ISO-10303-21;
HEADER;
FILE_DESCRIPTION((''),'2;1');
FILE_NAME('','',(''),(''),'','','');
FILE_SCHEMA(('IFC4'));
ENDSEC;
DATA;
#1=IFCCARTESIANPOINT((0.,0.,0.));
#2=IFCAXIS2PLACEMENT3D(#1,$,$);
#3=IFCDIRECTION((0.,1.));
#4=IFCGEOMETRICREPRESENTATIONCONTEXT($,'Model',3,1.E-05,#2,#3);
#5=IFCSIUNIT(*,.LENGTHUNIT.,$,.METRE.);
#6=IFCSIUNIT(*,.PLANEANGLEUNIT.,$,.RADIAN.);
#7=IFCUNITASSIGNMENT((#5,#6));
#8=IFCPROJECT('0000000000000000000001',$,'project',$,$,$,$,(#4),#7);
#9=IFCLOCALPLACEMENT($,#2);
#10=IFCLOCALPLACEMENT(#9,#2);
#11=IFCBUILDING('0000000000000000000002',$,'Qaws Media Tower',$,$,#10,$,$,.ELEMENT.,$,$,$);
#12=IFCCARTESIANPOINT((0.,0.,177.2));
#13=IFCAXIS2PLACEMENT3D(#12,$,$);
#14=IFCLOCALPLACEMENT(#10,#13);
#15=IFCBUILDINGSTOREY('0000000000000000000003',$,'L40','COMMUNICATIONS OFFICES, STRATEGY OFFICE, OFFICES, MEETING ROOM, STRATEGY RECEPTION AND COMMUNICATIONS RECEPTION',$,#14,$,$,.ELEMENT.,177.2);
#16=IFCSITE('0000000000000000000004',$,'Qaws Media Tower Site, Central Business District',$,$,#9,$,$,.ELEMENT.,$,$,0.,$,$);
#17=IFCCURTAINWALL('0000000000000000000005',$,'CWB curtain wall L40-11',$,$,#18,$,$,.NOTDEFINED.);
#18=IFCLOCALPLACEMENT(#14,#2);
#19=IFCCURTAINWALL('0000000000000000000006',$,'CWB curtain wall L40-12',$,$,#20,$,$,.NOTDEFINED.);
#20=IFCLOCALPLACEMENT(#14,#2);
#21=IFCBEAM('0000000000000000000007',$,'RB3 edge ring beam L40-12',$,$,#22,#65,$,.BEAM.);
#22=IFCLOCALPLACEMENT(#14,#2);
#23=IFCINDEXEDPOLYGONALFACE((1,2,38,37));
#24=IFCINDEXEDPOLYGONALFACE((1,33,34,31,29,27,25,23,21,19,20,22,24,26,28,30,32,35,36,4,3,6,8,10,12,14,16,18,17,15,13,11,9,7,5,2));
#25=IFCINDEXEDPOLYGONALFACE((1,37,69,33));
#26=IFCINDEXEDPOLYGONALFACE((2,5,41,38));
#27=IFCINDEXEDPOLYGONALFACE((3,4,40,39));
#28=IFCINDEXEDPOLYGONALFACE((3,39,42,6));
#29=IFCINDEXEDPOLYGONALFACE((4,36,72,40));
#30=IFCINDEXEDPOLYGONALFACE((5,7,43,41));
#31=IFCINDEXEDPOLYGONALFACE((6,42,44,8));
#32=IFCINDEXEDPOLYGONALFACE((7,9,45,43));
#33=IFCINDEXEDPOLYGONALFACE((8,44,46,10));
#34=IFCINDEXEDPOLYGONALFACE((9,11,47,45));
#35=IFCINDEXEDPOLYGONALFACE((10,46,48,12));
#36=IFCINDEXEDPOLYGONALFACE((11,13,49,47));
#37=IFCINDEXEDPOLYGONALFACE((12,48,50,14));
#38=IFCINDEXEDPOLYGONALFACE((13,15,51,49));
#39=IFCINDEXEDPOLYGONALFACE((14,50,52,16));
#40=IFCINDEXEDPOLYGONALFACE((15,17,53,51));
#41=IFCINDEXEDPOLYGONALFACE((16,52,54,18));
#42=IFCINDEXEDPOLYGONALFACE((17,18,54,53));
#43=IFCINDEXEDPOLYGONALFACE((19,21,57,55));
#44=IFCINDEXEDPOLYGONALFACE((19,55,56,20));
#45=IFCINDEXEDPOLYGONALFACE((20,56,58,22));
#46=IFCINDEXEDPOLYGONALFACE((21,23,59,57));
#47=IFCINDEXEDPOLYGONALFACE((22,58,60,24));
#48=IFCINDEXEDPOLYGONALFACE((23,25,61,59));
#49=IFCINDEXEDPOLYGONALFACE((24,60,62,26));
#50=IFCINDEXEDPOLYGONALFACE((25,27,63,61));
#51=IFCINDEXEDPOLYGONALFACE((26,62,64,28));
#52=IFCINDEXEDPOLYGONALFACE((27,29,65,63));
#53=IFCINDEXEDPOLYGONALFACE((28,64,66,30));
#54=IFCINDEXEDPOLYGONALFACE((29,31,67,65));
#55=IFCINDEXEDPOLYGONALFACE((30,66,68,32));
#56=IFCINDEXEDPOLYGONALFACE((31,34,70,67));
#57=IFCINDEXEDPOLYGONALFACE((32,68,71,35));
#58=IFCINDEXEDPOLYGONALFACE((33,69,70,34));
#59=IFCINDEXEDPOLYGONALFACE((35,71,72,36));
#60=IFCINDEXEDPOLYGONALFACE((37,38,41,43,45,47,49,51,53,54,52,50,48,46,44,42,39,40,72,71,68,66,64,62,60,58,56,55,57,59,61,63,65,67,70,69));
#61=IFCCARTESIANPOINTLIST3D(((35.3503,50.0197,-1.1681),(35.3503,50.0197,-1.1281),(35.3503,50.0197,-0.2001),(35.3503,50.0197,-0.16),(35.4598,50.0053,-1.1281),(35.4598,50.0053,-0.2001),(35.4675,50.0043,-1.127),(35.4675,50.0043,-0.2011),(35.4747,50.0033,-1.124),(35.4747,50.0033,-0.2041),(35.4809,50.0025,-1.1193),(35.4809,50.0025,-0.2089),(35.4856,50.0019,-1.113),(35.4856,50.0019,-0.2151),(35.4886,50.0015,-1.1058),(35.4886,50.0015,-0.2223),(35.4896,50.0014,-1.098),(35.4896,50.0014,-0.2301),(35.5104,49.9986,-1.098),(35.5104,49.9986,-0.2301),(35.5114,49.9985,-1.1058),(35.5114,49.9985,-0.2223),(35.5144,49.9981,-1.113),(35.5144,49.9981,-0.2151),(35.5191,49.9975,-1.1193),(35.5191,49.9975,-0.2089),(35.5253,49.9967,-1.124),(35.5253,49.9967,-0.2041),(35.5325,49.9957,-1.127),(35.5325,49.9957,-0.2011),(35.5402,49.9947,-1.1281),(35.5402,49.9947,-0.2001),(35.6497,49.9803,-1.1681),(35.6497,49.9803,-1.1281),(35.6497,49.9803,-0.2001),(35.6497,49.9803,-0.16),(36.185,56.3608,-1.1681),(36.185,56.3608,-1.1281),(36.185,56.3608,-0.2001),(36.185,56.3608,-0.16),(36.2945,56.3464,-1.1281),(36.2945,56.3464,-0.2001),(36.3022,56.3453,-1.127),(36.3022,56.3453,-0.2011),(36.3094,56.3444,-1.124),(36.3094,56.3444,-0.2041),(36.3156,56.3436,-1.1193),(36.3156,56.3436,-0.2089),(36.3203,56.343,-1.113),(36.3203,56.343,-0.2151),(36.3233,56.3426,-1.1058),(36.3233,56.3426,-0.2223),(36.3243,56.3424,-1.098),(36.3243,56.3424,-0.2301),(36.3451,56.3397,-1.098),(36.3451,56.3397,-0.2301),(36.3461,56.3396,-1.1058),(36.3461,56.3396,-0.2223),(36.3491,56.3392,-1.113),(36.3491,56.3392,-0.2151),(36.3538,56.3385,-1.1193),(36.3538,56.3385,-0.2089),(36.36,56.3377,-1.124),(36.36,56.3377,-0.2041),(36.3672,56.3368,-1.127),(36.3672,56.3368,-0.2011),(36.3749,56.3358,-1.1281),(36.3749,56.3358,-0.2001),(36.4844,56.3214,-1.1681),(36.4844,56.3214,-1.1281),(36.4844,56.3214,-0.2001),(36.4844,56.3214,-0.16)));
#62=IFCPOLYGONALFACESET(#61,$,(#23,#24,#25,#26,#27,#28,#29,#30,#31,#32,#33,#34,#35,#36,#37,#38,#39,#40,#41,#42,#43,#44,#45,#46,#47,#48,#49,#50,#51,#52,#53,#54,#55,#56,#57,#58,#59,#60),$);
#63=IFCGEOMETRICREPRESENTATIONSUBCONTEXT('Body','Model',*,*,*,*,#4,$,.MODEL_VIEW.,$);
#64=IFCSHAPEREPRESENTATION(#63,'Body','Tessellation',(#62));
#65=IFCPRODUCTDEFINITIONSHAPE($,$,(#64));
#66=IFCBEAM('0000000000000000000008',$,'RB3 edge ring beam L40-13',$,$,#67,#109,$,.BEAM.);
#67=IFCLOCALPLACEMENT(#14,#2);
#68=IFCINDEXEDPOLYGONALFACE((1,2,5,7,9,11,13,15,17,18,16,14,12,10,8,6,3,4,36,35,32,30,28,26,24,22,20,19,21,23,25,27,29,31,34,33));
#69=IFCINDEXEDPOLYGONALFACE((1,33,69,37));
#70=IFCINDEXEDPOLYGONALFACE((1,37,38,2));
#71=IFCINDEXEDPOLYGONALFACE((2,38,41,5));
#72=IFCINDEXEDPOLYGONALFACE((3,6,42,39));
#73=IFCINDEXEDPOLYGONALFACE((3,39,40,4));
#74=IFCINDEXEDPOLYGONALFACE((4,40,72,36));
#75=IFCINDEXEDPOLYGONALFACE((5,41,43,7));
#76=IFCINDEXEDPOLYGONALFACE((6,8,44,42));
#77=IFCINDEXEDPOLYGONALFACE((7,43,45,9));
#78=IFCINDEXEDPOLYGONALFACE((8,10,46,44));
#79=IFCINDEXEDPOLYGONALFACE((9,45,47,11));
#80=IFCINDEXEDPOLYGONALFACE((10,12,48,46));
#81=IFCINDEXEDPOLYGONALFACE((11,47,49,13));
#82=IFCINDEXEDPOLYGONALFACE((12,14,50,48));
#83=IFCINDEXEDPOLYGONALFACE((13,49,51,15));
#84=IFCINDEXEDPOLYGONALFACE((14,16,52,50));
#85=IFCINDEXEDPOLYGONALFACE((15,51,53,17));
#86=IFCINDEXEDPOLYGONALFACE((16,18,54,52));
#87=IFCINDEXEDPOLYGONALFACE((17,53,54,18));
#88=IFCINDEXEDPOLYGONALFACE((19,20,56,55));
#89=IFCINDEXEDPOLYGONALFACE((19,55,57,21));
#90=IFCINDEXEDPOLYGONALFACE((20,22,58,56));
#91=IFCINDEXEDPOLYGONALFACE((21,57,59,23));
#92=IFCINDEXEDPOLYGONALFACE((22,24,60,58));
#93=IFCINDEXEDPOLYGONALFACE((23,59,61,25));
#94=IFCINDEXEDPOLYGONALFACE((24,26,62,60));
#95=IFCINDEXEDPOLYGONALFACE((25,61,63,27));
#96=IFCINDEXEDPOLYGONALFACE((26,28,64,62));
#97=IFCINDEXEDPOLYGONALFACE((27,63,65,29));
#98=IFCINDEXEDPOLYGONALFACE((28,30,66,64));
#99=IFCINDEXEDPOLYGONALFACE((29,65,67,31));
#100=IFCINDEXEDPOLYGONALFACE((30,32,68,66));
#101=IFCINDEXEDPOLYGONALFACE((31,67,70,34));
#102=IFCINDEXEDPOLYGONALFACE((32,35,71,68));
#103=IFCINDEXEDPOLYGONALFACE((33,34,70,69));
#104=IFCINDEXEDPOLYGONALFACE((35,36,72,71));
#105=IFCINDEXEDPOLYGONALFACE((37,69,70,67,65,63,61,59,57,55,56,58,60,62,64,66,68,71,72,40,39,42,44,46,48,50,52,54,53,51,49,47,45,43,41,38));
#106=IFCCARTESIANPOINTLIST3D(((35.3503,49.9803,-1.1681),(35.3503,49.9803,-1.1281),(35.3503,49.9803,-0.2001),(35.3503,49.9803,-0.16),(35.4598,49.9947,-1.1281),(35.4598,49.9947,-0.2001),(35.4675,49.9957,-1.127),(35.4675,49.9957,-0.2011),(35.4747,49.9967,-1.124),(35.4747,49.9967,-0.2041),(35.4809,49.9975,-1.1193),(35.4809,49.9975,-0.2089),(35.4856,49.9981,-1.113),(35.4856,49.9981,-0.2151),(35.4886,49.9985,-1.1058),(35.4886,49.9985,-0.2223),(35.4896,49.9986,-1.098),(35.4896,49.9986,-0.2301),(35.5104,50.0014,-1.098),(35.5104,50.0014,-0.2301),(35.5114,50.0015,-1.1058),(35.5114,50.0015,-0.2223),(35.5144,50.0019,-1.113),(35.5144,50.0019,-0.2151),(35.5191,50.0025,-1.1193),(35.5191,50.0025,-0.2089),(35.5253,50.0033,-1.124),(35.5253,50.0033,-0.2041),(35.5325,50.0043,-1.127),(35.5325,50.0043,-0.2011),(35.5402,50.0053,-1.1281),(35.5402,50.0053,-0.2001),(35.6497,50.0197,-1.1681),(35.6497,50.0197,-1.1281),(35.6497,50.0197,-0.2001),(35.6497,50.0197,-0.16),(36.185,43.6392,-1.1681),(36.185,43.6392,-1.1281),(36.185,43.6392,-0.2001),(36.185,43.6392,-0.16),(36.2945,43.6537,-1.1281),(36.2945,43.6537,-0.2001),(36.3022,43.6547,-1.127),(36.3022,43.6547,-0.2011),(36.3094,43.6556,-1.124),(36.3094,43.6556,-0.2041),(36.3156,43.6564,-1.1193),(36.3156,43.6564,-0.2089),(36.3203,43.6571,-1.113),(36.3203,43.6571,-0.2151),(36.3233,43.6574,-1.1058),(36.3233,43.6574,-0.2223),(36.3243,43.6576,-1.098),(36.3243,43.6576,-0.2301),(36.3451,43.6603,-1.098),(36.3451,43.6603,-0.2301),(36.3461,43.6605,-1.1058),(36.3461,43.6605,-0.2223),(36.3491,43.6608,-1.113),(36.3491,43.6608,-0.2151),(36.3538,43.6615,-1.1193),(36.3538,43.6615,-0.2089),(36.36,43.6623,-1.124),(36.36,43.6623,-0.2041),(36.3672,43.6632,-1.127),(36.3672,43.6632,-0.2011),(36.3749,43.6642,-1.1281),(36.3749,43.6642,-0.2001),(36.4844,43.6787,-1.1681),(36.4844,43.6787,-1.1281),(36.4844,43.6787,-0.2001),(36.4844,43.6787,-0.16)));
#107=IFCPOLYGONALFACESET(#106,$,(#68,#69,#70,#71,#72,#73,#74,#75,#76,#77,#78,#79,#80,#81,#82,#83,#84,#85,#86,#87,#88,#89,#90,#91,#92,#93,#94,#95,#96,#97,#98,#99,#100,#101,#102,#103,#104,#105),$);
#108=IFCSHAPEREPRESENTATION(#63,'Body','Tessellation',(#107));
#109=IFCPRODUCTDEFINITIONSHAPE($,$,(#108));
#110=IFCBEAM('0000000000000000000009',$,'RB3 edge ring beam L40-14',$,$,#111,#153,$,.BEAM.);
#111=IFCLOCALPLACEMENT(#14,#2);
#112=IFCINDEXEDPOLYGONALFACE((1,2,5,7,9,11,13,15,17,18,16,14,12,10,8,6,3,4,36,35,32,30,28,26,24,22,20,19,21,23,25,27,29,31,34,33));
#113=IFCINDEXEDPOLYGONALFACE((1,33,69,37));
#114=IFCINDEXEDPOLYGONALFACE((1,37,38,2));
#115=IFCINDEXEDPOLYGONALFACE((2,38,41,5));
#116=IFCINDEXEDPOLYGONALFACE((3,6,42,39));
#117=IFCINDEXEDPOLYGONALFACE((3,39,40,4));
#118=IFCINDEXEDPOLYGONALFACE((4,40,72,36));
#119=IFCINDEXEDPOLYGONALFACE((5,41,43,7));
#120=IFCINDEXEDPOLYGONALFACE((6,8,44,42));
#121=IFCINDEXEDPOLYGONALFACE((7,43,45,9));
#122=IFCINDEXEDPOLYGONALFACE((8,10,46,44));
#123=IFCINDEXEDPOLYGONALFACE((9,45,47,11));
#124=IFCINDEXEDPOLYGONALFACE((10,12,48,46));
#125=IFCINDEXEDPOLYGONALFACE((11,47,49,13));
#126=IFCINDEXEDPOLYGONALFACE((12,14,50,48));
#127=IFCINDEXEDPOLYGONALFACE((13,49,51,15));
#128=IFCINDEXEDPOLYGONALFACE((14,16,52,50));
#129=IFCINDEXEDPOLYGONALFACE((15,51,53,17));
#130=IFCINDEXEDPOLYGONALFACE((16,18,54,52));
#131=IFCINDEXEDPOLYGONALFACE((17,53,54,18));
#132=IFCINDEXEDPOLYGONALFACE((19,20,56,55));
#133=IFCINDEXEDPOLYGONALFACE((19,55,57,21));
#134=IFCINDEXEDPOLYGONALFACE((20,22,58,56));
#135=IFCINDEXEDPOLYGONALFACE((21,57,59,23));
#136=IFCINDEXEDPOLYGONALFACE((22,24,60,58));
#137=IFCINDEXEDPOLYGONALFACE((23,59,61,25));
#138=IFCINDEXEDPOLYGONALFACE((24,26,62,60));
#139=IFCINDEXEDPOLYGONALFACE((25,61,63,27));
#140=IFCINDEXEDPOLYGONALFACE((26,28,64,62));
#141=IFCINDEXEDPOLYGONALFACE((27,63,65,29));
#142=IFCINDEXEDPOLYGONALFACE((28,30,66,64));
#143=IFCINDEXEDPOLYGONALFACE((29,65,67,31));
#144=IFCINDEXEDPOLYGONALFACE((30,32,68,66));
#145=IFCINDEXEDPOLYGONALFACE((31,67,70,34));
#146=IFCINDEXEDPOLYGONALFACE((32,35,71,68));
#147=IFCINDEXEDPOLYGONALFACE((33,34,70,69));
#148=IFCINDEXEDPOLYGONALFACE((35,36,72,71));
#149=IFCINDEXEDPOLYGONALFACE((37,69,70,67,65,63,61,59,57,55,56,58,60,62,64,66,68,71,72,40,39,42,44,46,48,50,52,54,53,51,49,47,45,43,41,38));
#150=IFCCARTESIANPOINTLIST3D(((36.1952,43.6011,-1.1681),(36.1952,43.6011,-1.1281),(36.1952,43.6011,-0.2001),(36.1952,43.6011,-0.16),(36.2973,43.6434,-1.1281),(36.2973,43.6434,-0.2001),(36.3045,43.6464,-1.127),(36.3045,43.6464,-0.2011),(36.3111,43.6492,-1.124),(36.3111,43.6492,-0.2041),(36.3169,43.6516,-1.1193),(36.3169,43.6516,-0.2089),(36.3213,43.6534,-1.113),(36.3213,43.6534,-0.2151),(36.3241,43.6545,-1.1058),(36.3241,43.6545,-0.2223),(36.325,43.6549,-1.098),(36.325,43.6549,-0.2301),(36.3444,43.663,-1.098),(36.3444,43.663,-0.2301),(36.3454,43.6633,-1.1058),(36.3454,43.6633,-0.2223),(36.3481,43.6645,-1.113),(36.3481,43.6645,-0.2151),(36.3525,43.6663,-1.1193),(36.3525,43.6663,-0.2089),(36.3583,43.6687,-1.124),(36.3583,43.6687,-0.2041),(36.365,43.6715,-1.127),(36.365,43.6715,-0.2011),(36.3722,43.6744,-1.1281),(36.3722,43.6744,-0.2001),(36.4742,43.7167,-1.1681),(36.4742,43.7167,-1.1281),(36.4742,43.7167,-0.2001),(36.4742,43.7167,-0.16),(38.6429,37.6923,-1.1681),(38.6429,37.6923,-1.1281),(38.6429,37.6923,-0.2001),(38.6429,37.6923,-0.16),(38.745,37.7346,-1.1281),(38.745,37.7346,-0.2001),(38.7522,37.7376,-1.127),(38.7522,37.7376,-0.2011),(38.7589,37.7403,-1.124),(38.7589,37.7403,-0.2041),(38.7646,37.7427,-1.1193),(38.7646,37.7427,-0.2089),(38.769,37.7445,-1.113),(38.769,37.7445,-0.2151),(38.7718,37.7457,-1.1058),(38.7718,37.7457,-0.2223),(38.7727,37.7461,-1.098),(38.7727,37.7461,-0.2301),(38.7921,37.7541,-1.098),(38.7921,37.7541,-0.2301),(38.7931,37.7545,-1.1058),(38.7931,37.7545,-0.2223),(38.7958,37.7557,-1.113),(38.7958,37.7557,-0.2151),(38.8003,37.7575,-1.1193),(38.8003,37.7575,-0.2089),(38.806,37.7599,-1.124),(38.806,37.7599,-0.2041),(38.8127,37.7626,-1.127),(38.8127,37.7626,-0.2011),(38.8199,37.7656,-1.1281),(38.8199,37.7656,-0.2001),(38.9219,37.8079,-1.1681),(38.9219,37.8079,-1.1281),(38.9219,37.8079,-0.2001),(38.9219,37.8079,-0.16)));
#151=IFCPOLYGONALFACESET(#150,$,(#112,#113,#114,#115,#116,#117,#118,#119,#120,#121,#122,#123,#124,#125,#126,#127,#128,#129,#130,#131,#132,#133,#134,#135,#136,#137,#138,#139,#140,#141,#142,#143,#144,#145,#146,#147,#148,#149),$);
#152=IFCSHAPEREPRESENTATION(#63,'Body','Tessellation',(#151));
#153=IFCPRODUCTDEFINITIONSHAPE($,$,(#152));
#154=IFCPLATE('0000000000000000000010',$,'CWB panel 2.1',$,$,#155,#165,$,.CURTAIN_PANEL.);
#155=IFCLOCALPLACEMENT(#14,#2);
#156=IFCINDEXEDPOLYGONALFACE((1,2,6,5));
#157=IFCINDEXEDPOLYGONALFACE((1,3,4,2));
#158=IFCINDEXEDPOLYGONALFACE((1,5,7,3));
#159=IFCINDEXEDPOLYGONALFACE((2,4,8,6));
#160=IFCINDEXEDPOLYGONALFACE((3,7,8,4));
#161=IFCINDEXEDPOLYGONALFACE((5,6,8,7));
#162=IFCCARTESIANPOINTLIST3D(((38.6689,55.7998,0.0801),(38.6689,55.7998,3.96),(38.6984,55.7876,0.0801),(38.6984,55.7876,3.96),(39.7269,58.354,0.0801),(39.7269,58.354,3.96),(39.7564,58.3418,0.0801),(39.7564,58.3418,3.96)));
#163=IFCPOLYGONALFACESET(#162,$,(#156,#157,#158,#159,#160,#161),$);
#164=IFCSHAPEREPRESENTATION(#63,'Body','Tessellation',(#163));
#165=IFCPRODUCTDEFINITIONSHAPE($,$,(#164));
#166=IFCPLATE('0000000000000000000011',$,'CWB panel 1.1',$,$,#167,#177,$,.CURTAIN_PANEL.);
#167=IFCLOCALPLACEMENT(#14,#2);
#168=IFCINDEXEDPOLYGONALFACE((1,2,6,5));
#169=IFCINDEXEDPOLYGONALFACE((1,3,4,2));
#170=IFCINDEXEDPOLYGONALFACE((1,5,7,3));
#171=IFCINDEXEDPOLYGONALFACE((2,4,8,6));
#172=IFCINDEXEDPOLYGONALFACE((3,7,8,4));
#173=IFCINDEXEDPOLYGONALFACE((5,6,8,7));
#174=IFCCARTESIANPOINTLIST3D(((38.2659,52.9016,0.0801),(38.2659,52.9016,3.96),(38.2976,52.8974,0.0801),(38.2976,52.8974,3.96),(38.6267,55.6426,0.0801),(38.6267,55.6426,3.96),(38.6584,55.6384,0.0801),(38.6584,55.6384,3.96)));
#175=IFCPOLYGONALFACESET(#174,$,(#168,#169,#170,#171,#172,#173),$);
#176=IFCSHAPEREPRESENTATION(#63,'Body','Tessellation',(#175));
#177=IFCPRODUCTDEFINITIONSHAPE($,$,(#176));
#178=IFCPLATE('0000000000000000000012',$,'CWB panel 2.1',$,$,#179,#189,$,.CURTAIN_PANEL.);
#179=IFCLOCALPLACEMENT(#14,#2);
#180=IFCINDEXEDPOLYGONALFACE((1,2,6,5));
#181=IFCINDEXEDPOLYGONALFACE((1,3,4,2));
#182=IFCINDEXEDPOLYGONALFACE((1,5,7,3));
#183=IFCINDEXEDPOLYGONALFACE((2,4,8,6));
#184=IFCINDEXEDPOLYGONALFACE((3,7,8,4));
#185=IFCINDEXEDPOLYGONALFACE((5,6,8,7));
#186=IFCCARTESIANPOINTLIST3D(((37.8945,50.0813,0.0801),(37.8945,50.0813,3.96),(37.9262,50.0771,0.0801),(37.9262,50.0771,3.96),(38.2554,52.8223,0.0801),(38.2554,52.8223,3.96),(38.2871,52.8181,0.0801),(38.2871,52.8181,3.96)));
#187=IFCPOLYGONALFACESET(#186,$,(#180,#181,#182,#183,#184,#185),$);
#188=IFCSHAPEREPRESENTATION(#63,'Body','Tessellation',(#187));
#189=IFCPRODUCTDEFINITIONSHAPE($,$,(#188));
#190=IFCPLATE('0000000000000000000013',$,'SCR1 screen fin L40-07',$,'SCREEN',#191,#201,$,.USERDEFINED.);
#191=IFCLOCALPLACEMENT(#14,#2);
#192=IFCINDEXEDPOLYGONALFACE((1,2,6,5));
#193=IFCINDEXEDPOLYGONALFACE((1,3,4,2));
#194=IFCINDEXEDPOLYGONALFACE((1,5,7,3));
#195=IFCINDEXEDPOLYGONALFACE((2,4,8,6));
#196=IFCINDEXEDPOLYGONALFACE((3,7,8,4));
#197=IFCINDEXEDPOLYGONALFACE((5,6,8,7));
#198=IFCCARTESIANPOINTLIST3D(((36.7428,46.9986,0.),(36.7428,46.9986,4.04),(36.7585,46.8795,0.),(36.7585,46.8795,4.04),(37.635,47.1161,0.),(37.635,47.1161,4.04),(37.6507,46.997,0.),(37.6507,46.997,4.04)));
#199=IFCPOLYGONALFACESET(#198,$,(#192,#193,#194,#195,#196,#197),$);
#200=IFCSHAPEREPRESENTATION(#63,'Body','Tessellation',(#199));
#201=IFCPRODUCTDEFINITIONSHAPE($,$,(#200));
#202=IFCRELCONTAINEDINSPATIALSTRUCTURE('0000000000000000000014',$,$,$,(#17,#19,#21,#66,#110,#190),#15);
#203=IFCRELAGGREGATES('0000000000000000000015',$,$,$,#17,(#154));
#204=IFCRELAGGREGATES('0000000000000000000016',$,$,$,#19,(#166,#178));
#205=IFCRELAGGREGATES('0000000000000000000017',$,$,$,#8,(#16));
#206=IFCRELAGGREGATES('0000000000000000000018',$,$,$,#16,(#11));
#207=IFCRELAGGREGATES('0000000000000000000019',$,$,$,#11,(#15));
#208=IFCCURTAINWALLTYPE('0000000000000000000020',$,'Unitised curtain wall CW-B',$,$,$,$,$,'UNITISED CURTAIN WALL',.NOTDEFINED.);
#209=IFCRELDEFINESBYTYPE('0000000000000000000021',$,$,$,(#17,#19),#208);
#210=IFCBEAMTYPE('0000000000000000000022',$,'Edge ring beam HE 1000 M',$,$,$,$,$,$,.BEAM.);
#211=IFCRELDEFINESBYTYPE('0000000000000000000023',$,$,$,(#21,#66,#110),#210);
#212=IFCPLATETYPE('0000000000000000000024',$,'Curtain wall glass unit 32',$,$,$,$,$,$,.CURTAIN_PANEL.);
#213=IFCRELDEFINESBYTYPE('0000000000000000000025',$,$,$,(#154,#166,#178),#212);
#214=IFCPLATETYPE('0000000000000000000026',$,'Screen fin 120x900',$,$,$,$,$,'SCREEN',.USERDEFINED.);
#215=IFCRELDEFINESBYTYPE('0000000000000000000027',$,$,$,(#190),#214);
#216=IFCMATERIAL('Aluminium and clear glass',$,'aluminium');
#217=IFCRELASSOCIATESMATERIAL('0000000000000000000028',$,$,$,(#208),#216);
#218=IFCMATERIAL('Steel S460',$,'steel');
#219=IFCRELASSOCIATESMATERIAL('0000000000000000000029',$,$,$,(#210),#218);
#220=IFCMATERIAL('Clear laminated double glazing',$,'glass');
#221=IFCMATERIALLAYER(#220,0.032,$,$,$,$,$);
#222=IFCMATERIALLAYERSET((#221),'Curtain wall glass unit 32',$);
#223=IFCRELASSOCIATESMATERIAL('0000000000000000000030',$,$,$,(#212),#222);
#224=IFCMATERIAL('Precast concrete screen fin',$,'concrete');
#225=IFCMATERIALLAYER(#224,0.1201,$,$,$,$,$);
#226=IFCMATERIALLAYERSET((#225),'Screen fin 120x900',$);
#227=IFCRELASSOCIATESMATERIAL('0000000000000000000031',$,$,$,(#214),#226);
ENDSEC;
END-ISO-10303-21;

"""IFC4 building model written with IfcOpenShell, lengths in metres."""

from ifc_helpers import new_model, si_unit, direction, frame, origin, origin_2d, place, context, subcontext, project, spatial, rectangle, i_section, extrude, material, layer, layer_set, material_profile, profile_set, type_object, element, aggregate, save


model = new_model("IFC4")

# Units and contexts
model_context = context("Model", 3, precision=1e-05, world=origin(), true_north=direction((0.0, 1.0)))
body_context = subcontext(model_context, "Body", "Model", "MODEL_VIEW")
ifc_project = project(units=[si_unit("LENGTHUNIT", "METRE"), si_unit("PLANEANGLEUNIT", "RADIAN")], contexts=[model_context])

# Site, building, storey
site_placement = place(None, origin())
site = spatial("IfcSite", under=ifc_project, at=site_placement, Name="Qaws Media Tower Site, Central Business District", CompositionType="ELEMENT", RefElevation=0.0)
building_placement = place(site_placement, origin())
building = spatial("IfcBuilding", under=site, at=building_placement, Name="Qaws Media Tower", CompositionType="ELEMENT")
storey_placement = place(building_placement, frame((0.0, 0.0, 177.2)))
storey = spatial("IfcBuildingStorey", under=building, at=storey_placement, Name="L40", Description="COMMUNICATIONS OFFICES, STRATEGY OFFICE, OFFICES, MEETING ROOM, STRATEGY RECEPTION AND COMMUNICATIONS RECEPTION", CompositionType="ELEMENT", Elevation=177.2)

# Curtain walls
ifc_material_1 = material(Name="Aluminium and clear glass", Category="aluminium")
curtain_wall_type = type_object("IfcCurtainWallType", Name="Unitised curtain wall CW-B", ElementType="UNITISED CURTAIN WALL", PredefinedType="NOTDEFINED", material=ifc_material_1)
curtain_wall_1_placement = place(storey_placement, origin())
curtain_wall_1 = element("IfcCurtainWall", 1, at=curtain_wall_1_placement, inside=storey, type_object=curtain_wall_type, Name="CWB curtain wall L40-11", PredefinedType="NOTDEFINED")
curtain_wall_2_placement = place(storey_placement, origin())
curtain_wall_2 = element("IfcCurtainWall", 2, at=curtain_wall_2_placement, inside=storey, type_object=curtain_wall_type, Name="CWB curtain wall L40-12", PredefinedType="NOTDEFINED")

# Beams
ifc_material_2 = material(Name="Steel S460", Category="steel")
ifc_material_profile_1 = material_profile(ifc_material_2, i_section(OverallWidth=0.302, OverallDepth=1.0081, WebThickness=0.021, FlangeThickness=0.04, FilletRadius=0.03, at=origin_2d()), Name="HE 1000 M")
ifc_profile_set_1 = profile_set([ifc_material_profile_1], Name="Steel S460")
beam_type = type_object("IfcBeamType", Name="Edge ring beam HE 1000 M", PredefinedType="BEAM", material=ifc_profile_set_1)
for number, where, z_axis, x_axis, name in (
    (3, (36.3347, 56.3411, -0.6641), (-0.130511, -0.991447, 0.0), (0.991447, -0.130511, 0.0), "RB3 edge ring beam L40-12"),
    (4, (35.5, 50.0, -0.6641), (0.130511, -0.991447, 0.0), (0.991447, 0.130511, 0.0), "RB3 edge ring beam L40-13"),
    (5, (36.3347, 43.6589, -0.6641), (0.382709, -0.923869, 0.0), (0.923869, 0.382709, 0.0), "RB3 edge ring beam L40-14"),
):
    element("IfcBeam", number, at=place(storey_placement, frame(where, z_axis=z_axis, x_axis=x_axis)), inside=storey, type_object=beam_type, Name=name, PredefinedType="BEAM", context=body_context, shape_type="SweptSolid", body=[
        extrude(i_section(OverallWidth=0.302, OverallDepth=1.0081, WebThickness=0.021, FlangeThickness=0.04, FilletRadius=0.03, at=origin_2d()), origin(), (0.0, 0.0, 1.0), 6.3958),
    ])

# Plates
ifc_material_3 = material(Name="Clear laminated double glazing", Category="glass")
ifc_layer_1 = layer(ifc_material_3, 0.032)
ifc_layer_set_1 = layer_set([ifc_layer_1], Name="Curtain wall glass unit 32")
plate_type_1 = type_object("IfcPlateType", Name="Curtain wall glass unit 32", PredefinedType="CURTAIN_PANEL", material=ifc_layer_set_1)
plate_1_placement = place(storey_placement, frame((39.2126, 57.0708, 0.0801), z_axis=(0.0, 0.0, 1.0), x_axis=(-0.382684, -0.923879, 0.0)))
plate_1 = element("IfcPlate", 6, at=plate_1_placement, type_object=plate_type_1, Name="CWB panel 2.1", PredefinedType="CURTAIN_PANEL", context=body_context, shape_type="SweptSolid", body=[
    extrude(rectangle(XDim=2.7646, YDim=0.032, at=origin_2d()), origin(), (0.0, 0.0, 1.0), 3.8799),
])
aggregate(curtain_wall_1, [plate_1])
plate_2_placement = place(storey_placement, frame((38.4622, 54.27, 0.0801), z_axis=(0.0, 0.0, 1.0), x_axis=(-0.130526, -0.991445, 0.0)))
plate_2 = element("IfcPlate", 7, at=plate_2_placement, type_object=plate_type_1, Name="CWB panel 1.1", PredefinedType="CURTAIN_PANEL", context=body_context, shape_type="SweptSolid", body=[
    extrude(rectangle(XDim=2.7646, YDim=0.032, at=origin_2d()), origin(), (0.0, 0.0, 1.0), 3.8799),
])
plate_3_placement = place(storey_placement, frame((38.0908, 51.4497, 0.0801), z_axis=(0.0, 0.0, 1.0), x_axis=(-0.130526, -0.991445, 0.0)))
plate_3 = element("IfcPlate", 8, at=plate_3_placement, type_object=plate_type_1, Name="CWB panel 2.1", PredefinedType="CURTAIN_PANEL", context=body_context, shape_type="SweptSolid", body=[
    extrude(rectangle(XDim=2.7646, YDim=0.032, at=origin_2d()), origin(), (0.0, 0.0, 1.0), 3.8799),
])
aggregate(curtain_wall_2, [plate_2, plate_3])
ifc_material_4 = material(Name="Precast concrete screen fin", Category="concrete")
ifc_layer_2 = layer(ifc_material_4, 0.1201)
ifc_layer_set_2 = layer_set([ifc_layer_2], Name="Screen fin 120x900")
plate_type_2 = type_object("IfcPlateType", Name="Screen fin 120x900", ElementType="SCREEN", PredefinedType="USERDEFINED", material=ifc_layer_set_2)
plate_4_placement = place(storey_placement, frame((37.1968, 46.9978, 0.0), z_axis=(0.0, 0.0, 1.0), x_axis=(-0.991445, -0.130526, 0.0)))
element("IfcPlate", 9, at=plate_4_placement, inside=storey, type_object=plate_type_2, Name="SCR1 screen fin L40-07", ObjectType="SCREEN", PredefinedType="USERDEFINED", context=body_context, shape_type="SweptSolid", body=[
    extrude(rectangle(XDim=0.8999, YDim=0.1201, at=origin_2d()), origin(), (0.0, 0.0, 1.0), 4.04),
])

save(model, "model.ifc")
